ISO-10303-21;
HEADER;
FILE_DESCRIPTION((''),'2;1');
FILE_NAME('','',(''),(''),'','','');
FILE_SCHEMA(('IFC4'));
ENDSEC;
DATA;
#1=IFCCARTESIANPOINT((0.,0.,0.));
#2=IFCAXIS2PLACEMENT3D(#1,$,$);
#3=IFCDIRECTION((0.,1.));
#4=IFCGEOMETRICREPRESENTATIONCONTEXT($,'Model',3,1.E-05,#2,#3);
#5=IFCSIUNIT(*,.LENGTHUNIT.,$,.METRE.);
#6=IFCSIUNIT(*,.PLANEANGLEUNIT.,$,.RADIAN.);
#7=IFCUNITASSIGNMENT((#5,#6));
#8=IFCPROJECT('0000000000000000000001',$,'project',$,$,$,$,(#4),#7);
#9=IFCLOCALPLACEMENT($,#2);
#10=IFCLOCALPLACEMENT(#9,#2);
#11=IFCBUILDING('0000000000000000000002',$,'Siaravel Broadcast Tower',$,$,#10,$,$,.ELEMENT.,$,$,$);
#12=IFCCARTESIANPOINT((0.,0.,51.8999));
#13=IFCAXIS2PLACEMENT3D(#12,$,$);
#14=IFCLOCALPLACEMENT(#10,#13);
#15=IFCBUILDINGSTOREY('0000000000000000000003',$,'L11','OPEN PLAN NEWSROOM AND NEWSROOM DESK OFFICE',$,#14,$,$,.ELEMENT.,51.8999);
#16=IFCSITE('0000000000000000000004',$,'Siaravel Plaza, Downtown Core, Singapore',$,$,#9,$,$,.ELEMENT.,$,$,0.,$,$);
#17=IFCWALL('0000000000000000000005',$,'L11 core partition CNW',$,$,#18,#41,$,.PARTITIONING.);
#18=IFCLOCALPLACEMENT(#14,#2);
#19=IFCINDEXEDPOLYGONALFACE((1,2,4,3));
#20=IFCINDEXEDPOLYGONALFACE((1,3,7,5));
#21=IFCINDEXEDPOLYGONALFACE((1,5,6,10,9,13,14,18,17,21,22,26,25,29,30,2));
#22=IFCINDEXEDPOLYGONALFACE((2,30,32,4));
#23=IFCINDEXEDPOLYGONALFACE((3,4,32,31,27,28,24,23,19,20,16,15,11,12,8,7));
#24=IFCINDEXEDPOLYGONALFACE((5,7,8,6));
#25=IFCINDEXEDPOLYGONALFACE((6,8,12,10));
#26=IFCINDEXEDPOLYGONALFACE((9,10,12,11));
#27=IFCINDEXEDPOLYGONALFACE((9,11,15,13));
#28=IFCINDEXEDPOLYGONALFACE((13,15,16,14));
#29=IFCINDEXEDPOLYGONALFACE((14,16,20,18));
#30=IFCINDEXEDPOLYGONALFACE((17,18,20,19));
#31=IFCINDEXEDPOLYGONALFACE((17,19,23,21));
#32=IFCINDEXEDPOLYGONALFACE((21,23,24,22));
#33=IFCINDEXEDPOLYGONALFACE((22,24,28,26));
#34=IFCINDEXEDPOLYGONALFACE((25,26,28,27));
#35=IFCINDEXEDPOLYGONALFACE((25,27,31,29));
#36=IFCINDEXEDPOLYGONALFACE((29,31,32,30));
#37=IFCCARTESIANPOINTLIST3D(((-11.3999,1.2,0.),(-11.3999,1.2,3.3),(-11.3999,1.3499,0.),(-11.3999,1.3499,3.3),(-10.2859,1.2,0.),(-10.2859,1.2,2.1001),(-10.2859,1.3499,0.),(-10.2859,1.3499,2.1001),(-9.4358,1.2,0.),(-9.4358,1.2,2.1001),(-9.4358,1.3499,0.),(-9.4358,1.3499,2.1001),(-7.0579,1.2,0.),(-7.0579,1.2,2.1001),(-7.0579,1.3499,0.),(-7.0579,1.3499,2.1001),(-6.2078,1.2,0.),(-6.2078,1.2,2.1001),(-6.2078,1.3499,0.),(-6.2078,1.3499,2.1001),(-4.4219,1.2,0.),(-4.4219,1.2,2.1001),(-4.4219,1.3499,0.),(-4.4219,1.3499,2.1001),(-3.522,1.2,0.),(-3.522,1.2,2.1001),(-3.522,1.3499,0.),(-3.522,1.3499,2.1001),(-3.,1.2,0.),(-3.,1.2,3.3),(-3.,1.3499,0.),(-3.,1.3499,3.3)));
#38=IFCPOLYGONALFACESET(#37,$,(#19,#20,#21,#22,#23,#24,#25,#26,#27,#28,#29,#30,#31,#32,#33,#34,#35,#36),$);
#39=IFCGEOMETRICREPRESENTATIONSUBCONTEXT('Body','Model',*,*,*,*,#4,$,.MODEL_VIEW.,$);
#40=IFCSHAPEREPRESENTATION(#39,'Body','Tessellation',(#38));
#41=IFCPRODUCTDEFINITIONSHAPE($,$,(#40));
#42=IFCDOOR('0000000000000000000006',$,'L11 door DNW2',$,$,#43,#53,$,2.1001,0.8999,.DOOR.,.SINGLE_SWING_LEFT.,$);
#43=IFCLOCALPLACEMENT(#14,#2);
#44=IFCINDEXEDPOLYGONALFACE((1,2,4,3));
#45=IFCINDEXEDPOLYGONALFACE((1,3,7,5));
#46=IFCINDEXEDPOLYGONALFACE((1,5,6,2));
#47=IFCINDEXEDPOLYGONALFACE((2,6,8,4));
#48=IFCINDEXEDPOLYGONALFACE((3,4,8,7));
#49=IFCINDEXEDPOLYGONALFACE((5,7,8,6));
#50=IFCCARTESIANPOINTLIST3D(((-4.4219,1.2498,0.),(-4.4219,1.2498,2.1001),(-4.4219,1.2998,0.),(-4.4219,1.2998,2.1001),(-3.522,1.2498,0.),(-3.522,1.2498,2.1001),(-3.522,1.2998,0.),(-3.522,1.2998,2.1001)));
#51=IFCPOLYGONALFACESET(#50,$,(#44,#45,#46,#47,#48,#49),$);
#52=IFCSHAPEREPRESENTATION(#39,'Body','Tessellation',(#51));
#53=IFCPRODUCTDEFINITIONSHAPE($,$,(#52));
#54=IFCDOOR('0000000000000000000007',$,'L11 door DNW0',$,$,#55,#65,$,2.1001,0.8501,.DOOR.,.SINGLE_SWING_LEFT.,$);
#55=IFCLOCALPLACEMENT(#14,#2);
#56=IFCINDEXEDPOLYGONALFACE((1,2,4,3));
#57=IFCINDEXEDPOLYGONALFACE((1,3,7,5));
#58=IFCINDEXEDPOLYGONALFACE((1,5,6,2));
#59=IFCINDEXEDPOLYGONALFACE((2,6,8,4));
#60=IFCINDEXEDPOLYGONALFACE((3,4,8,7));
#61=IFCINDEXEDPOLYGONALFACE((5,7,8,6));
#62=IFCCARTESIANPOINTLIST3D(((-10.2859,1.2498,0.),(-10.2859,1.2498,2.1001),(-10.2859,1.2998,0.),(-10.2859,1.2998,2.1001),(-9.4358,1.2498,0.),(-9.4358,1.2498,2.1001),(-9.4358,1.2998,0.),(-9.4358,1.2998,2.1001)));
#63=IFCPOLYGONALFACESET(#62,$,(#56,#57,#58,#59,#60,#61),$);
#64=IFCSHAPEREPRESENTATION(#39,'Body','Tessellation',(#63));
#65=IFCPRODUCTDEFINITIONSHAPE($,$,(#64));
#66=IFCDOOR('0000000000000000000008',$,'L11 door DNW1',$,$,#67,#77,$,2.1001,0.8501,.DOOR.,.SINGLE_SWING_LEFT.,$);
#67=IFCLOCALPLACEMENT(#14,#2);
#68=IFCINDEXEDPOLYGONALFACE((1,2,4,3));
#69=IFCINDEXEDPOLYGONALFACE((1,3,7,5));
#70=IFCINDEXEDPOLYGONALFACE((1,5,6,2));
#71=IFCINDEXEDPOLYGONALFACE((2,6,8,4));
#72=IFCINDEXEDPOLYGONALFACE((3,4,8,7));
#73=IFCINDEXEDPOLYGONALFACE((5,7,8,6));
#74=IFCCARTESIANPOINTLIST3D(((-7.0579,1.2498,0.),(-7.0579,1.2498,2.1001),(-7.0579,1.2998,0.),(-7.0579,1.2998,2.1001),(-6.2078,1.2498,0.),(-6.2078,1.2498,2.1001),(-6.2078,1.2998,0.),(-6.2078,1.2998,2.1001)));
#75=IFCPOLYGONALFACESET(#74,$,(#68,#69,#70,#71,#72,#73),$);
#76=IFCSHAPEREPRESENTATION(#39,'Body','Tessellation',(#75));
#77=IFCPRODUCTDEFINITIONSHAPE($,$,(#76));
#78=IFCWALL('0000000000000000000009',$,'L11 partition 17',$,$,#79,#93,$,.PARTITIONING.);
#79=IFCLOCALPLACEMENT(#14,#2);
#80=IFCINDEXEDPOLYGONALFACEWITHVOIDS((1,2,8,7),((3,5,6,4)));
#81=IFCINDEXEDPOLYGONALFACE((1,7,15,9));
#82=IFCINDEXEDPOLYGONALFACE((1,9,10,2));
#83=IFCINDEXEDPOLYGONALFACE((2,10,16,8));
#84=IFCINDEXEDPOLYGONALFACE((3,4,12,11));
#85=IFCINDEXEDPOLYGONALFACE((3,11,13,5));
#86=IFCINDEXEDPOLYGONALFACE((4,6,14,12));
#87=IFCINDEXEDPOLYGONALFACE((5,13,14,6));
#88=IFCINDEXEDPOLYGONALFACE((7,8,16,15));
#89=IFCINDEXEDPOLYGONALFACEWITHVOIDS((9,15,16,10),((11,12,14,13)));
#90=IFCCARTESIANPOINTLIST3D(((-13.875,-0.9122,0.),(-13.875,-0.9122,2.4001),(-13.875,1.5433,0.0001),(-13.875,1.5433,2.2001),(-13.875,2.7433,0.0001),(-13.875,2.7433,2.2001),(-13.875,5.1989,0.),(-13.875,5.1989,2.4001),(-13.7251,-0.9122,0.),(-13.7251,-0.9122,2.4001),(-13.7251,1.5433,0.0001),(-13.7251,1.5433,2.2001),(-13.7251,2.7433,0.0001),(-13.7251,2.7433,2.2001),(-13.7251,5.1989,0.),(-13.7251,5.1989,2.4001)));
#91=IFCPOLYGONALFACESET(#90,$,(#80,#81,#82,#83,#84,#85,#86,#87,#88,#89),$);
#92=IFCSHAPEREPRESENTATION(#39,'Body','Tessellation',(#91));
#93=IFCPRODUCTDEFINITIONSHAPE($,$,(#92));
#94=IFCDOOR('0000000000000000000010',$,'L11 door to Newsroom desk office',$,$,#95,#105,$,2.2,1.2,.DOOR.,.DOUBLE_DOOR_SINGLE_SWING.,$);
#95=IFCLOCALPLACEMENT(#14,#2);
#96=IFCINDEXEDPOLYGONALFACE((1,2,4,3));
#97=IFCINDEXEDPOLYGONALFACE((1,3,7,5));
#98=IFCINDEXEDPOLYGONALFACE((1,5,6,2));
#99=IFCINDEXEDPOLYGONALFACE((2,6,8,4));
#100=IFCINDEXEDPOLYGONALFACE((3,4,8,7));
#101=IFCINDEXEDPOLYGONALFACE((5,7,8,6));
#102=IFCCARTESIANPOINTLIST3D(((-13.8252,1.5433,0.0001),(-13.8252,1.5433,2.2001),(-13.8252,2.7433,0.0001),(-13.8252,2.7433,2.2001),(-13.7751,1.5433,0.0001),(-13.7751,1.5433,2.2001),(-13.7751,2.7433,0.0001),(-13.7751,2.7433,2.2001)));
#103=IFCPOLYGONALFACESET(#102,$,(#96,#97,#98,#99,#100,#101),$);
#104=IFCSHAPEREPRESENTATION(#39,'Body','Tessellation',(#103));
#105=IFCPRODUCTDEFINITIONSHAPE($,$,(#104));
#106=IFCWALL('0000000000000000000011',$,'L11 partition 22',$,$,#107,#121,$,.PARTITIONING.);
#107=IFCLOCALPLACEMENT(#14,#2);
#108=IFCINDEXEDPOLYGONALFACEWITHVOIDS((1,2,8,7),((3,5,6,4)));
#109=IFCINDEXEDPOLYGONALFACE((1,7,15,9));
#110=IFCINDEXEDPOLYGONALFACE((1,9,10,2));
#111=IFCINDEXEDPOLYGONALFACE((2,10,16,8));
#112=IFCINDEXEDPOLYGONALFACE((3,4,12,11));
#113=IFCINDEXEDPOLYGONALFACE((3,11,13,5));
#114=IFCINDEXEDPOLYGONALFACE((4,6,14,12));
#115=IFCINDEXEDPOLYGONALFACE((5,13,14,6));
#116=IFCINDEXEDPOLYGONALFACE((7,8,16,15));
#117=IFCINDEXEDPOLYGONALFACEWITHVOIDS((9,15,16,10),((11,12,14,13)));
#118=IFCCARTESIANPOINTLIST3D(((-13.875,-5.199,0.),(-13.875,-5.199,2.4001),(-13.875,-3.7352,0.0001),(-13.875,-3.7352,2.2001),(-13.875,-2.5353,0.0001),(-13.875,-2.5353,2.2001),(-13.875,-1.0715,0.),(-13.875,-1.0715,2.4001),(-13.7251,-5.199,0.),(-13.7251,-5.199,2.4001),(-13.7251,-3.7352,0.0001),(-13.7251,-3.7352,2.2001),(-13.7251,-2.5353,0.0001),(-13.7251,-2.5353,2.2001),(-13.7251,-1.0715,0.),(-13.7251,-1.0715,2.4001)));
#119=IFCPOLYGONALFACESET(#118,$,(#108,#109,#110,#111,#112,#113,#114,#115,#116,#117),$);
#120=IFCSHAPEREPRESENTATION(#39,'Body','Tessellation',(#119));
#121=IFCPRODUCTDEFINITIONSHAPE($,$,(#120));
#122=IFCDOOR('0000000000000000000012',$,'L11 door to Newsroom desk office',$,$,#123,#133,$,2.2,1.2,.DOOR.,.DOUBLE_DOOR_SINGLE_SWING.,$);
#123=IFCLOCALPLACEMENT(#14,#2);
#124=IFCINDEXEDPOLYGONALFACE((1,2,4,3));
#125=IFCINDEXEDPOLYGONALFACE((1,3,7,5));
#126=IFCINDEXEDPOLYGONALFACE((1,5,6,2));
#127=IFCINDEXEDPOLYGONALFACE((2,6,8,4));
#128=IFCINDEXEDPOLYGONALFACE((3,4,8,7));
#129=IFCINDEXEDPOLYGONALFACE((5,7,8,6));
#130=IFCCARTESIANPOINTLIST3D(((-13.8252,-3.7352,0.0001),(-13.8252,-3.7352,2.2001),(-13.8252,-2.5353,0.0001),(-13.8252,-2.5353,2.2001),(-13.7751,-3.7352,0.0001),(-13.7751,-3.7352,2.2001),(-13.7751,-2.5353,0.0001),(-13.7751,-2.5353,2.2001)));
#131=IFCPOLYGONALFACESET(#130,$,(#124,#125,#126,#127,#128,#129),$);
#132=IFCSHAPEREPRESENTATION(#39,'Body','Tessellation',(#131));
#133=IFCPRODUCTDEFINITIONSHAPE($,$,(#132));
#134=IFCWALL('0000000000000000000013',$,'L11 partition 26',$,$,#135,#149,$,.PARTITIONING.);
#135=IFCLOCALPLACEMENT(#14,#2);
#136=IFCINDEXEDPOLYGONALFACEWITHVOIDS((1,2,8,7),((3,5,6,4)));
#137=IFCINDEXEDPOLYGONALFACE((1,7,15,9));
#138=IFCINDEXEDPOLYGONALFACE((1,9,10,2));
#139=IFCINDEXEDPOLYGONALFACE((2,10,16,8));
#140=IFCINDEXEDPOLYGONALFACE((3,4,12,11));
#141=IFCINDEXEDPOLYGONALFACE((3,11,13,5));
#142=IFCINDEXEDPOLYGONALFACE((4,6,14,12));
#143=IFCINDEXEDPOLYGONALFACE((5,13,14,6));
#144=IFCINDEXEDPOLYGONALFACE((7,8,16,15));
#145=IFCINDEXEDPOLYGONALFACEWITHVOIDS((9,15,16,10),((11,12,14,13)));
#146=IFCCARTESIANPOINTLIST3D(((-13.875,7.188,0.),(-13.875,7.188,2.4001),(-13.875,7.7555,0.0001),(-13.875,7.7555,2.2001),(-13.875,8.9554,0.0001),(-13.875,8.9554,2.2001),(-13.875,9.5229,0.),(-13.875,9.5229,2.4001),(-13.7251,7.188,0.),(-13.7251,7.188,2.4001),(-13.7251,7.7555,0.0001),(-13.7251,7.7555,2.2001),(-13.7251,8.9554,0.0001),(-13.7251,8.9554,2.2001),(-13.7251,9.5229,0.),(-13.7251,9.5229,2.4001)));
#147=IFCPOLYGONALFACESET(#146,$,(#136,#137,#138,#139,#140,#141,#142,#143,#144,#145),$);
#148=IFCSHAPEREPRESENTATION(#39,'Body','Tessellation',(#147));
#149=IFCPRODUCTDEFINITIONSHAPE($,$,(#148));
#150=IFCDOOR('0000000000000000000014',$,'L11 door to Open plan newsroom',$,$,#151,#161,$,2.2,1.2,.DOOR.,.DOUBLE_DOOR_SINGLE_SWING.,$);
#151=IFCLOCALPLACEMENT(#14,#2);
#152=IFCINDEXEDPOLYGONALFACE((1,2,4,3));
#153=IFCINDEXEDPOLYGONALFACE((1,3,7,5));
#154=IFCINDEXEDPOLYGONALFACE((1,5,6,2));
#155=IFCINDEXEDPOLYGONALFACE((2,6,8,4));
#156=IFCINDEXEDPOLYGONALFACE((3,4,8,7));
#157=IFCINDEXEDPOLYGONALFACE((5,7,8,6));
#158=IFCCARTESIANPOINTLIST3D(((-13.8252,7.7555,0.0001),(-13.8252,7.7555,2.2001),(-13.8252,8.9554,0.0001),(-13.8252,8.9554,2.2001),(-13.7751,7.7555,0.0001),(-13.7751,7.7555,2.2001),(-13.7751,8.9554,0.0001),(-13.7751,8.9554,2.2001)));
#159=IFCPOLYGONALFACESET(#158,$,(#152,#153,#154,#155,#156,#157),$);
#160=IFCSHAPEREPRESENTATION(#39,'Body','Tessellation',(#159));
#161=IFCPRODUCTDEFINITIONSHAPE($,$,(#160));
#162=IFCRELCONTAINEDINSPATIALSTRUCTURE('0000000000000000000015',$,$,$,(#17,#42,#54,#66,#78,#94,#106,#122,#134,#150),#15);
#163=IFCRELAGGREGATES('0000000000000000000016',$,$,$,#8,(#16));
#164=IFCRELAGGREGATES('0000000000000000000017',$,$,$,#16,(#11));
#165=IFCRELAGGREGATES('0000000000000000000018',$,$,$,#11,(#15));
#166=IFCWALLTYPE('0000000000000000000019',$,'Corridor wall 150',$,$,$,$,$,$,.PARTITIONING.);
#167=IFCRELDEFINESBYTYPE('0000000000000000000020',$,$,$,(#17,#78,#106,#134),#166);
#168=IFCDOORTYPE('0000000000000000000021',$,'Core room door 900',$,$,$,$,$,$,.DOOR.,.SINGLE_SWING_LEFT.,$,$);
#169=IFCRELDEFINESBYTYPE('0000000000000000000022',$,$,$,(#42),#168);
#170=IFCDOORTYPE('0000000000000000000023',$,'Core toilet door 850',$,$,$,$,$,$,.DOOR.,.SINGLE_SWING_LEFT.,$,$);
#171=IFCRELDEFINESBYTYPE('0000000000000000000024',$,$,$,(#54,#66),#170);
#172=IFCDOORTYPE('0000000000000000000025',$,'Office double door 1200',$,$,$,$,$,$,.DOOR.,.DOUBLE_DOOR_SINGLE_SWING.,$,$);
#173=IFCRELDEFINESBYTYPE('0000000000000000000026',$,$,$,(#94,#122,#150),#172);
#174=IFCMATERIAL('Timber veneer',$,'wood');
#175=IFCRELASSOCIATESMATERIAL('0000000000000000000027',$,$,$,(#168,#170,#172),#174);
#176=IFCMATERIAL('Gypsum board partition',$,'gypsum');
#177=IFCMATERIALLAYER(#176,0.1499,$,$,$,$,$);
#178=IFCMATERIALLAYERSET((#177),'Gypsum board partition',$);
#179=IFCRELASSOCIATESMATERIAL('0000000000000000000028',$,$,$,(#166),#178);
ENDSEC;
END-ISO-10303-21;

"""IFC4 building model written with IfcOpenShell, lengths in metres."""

from ifc_helpers import new_model, si_unit, direction, frame, frame_2d, origin, place, context, subcontext, project, spatial, rectangle, extrude, material, layer, layer_set, type_object, element, fill, save


model = new_model("IFC4")

# Units and contexts
model_context = context("Model", 3, precision=1e-05, world=origin(), true_north=direction((0.0, 1.0)))
body_context = subcontext(model_context, "Body", "Model", "MODEL_VIEW")
ifc_project = project(units=[si_unit("LENGTHUNIT", "METRE"), si_unit("PLANEANGLEUNIT", "RADIAN")], contexts=[model_context])

# Site, building, storey
site_placement = place(None, origin())
site = spatial("IfcSite", under=ifc_project, at=site_placement, Name="Siaravel Plaza, Downtown Core, Singapore", CompositionType="ELEMENT", RefElevation=0.0)
building_placement = place(site_placement, origin())
building = spatial("IfcBuilding", under=site, at=building_placement, Name="Siaravel Broadcast Tower", CompositionType="ELEMENT")
storey_placement = place(building_placement, frame((0.0, 0.0, 51.8999)))
storey = spatial("IfcBuildingStorey", under=building, at=storey_placement, Name="L11", Description="OPEN PLAN NEWSROOM AND NEWSROOM DESK OFFICE", CompositionType="ELEMENT", Elevation=51.8999)

# Wall, openings, doors
ifc_material_1 = material(Name="Timber veneer", Category="wood")
door_type_1 = type_object("IfcDoorType", Name="Core room door 900", OperationType="SINGLE_SWING_LEFT", PredefinedType="DOOR", material=ifc_material_1)
ifc_material_2 = material(Name="Gypsum board partition", Category="gypsum")
ifc_layer_1 = layer(ifc_material_2, 0.1499)
ifc_layer_set_1 = layer_set([ifc_layer_1], Name="Gypsum board partition")
wall_type_1 = type_object("IfcWallType", Name="Corridor wall 150", PredefinedType="PARTITIONING", material=ifc_layer_set_1)
wall_1_placement = place(storey_placement, frame((-11.3999, 1.2749, 0.0), z_axis=(0.0, 0.0, 1.0), x_axis=(1.0, 0.0, 0.0)))
wall_1 = element("IfcWall", 1, at=wall_1_placement, inside=storey, type_object=wall_type_1, Name="L11 core partition CNW", PredefinedType="PARTITIONING", context=body_context, shape_type="SweptSolid", body=[
    extrude(rectangle(XDim=8.3999, YDim=0.1499, at=frame_2d((4.2, 0.0))), origin(), (0.0, 0.0, 1.0), 3.3),
])
opening_1_placement = place(wall_1_placement, frame((1.114, 0.0, 0.0)))
opening_1 = element("IfcOpeningElement", 2, at=opening_1_placement, cuts=wall_1, PredefinedType="OPENING", context=body_context, shape_type="SweptSolid", body=[
    extrude(rectangle(XDim=0.8501, YDim=2.1001, at=frame_2d((0.425, 1.05))), frame((0.0, 0.085, 0.0), z_axis=(0.0, -1.0, 0.0), x_axis=(1.0, 0.0, 0.0)), (0.0, 0.0, 1.0), 0.1699),
])
opening_2_placement = place(wall_1_placement, frame((4.342, 0.0, 0.0)))
opening_2 = element("IfcOpeningElement", 3, at=opening_2_placement, cuts=wall_1, PredefinedType="OPENING", context=body_context, shape_type="SweptSolid", body=[
    extrude(rectangle(XDim=0.8501, YDim=2.1001, at=frame_2d((0.425, 1.05))), frame((0.0, 0.085, 0.0), z_axis=(0.0, -1.0, 0.0), x_axis=(1.0, 0.0, 0.0)), (0.0, 0.0, 1.0), 0.1699),
])
opening_3_placement = place(wall_1_placement, frame((6.978, 0.0, 0.0)))
opening_3 = element("IfcOpeningElement", 4, at=opening_3_placement, cuts=wall_1, PredefinedType="OPENING", context=body_context, shape_type="SweptSolid", body=[
    extrude(rectangle(XDim=0.8999, YDim=2.1001, at=frame_2d((0.45, 1.05))), frame((0.0, 0.085, 0.0), z_axis=(0.0, -1.0, 0.0), x_axis=(1.0, 0.0, 0.0)), (0.0, 0.0, 1.0), 0.1699),
])
door_1_placement = place(opening_3_placement, origin())
door_1 = element("IfcDoor", 5, at=door_1_placement, inside=storey, type_object=door_type_1, Name="L11 door DNW2", OperationType="SINGLE_SWING_LEFT", OverallHeight=2.1001, OverallWidth=0.8999, PredefinedType="DOOR", context=body_context, shape_type="SweptSolid", body=[
    extrude(rectangle(XDim=0.8999, YDim=2.1001, at=frame_2d((0.45, 1.05))), frame((0.0, 0.0249, 0.0), z_axis=(0.0, -1.0, 0.0), x_axis=(1.0, 0.0, 0.0)), (0.0, 0.0, 1.0), 0.05),
])
fill(opening_3, door_1)
door_type_2 = type_object("IfcDoorType", Name="Core toilet door 850", OperationType="SINGLE_SWING_LEFT", PredefinedType="DOOR", material=ifc_material_1)
door_2_placement = place(opening_1_placement, origin())
door_2 = element("IfcDoor", 6, at=door_2_placement, inside=storey, type_object=door_type_2, Name="L11 door DNW0", OperationType="SINGLE_SWING_LEFT", OverallHeight=2.1001, OverallWidth=0.8501, PredefinedType="DOOR", context=body_context, shape_type="SweptSolid", body=[
    extrude(rectangle(XDim=0.8501, YDim=2.1001, at=frame_2d((0.425, 1.05))), frame((0.0, 0.0249, 0.0), z_axis=(0.0, -1.0, 0.0), x_axis=(1.0, 0.0, 0.0)), (0.0, 0.0, 1.0), 0.05),
])
fill(opening_1, door_2)
door_3_placement = place(opening_2_placement, origin())
door_3 = element("IfcDoor", 7, at=door_3_placement, inside=storey, type_object=door_type_2, Name="L11 door DNW1", OperationType="SINGLE_SWING_LEFT", OverallHeight=2.1001, OverallWidth=0.8501, PredefinedType="DOOR", context=body_context, shape_type="SweptSolid", body=[
    extrude(rectangle(XDim=0.8501, YDim=2.1001, at=frame_2d((0.425, 1.05))), frame((0.0, 0.0249, 0.0), z_axis=(0.0, -1.0, 0.0), x_axis=(1.0, 0.0, 0.0)), (0.0, 0.0, 1.0), 0.05),
])
fill(opening_2, door_3)

# Walls, openings, doors
wall_2_placement = place(storey_placement, frame((-13.8, 5.199, 0.0), z_axis=(0.0, 0.0, 1.0), x_axis=(0.0, -1.0, 0.0)))
wall_2 = element("IfcWall", 8, at=wall_2_placement, inside=storey, type_object=wall_type_1, Name="L11 partition 17", PredefinedType="PARTITIONING", context=body_context, shape_type="SweptSolid", body=[
    extrude(rectangle(XDim=6.1111, YDim=0.1499, at=frame_2d((3.0557, 0.0))), origin(), (0.0, 0.0, 1.0), 2.4001),
])
opening_4_placement = place(wall_2_placement, frame((2.4556, 0.0, 0.0)))
opening_4 = element("IfcOpeningElement", 9, at=opening_4_placement, cuts=wall_2, PredefinedType="OPENING", context=body_context, shape_type="SweptSolid", body=[
    extrude(rectangle(XDim=1.2, YDim=2.2, at=frame_2d((0.6001, 1.1001))), frame((0.0, 0.085, 0.0), z_axis=(0.0, -1.0, 0.0), x_axis=(1.0, 0.0, 0.0)), (0.0, 0.0, 1.0), 0.1699),
])
door_type_3 = type_object("IfcDoorType", Name="Office double door 1200", OperationType="DOUBLE_DOOR_SINGLE_SWING", PredefinedType="DOOR", material=ifc_material_1)
door_4_placement = place(opening_4_placement, origin())
door_4 = element("IfcDoor", 10, at=door_4_placement, inside=storey, type_object=door_type_3, Name="L11 door to Newsroom desk office", OperationType="DOUBLE_DOOR_SINGLE_SWING", OverallHeight=2.2, OverallWidth=1.2, PredefinedType="DOOR", context=body_context, shape_type="SweptSolid", body=[
    extrude(rectangle(XDim=1.2, YDim=2.2, at=frame_2d((0.6001, 1.1001))), frame((0.0, 0.0249, 0.0), z_axis=(0.0, -1.0, 0.0), x_axis=(1.0, 0.0, 0.0)), (0.0, 0.0, 1.0), 0.05),
])
fill(opening_4, door_4)
wall_3_placement = place(storey_placement, frame((-13.8, -1.0715, 0.0), z_axis=(0.0, 0.0, 1.0), x_axis=(0.0, -1.0, 0.0)))
wall_3 = element("IfcWall", 11, at=wall_3_placement, inside=storey, type_object=wall_type_1, Name="L11 partition 22", PredefinedType="PARTITIONING", context=body_context, shape_type="SweptSolid", body=[
    extrude(rectangle(XDim=4.1274, YDim=0.1499, at=frame_2d((2.0637, 0.0))), origin(), (0.0, 0.0, 1.0), 2.4001),
])
opening_5_placement = place(wall_3_placement, frame((1.4636, 0.0, 0.0)))
opening_5 = element("IfcOpeningElement", 12, at=opening_5_placement, cuts=wall_3, PredefinedType="OPENING", context=body_context, shape_type="SweptSolid", body=[
    extrude(rectangle(XDim=1.2, YDim=2.2, at=frame_2d((0.6001, 1.1001))), frame((0.0, 0.085, 0.0), z_axis=(0.0, -1.0, 0.0), x_axis=(1.0, 0.0, 0.0)), (0.0, 0.0, 1.0), 0.1699),
])
door_5_placement = place(opening_5_placement, origin())
door_5 = element("IfcDoor", 13, at=door_5_placement, inside=storey, type_object=door_type_3, Name="L11 door to Newsroom desk office", OperationType="DOUBLE_DOOR_SINGLE_SWING", OverallHeight=2.2, OverallWidth=1.2, PredefinedType="DOOR", context=body_context, shape_type="SweptSolid", body=[
    extrude(rectangle(XDim=1.2, YDim=2.2, at=frame_2d((0.6001, 1.1001))), frame((0.0, 0.0249, 0.0), z_axis=(0.0, -1.0, 0.0), x_axis=(1.0, 0.0, 0.0)), (0.0, 0.0, 1.0), 0.05),
])
fill(opening_5, door_5)
wall_4_placement = place(storey_placement, frame((-13.8, 9.5229, 0.0), z_axis=(0.0, 0.0, 1.0), x_axis=(0.0, -1.0, 0.0)))
wall_4 = element("IfcWall", 14, at=wall_4_placement, inside=storey, type_object=wall_type_1, Name="L11 partition 26", PredefinedType="PARTITIONING", context=body_context, shape_type="SweptSolid", body=[
    extrude(rectangle(XDim=2.335, YDim=0.1499, at=frame_2d((1.1675, 0.0))), origin(), (0.0, 0.0, 1.0), 2.4001),
])
opening_6_placement = place(wall_4_placement, frame((0.5674, 0.0, 0.0)))
opening_6 = element("IfcOpeningElement", 15, at=opening_6_placement, cuts=wall_4, PredefinedType="OPENING", context=body_context, shape_type="SweptSolid", body=[
    extrude(rectangle(XDim=1.2, YDim=2.2, at=frame_2d((0.6001, 1.1001))), frame((0.0, 0.085, 0.0), z_axis=(0.0, -1.0, 0.0), x_axis=(1.0, 0.0, 0.0)), (0.0, 0.0, 1.0), 0.1699),
])
door_6_placement = place(opening_6_placement, origin())
door_6 = element("IfcDoor", 16, at=door_6_placement, inside=storey, type_object=door_type_3, Name="L11 door to Open plan newsroom", OperationType="DOUBLE_DOOR_SINGLE_SWING", OverallHeight=2.2, OverallWidth=1.2, PredefinedType="DOOR", context=body_context, shape_type="SweptSolid", body=[
    extrude(rectangle(XDim=1.2, YDim=2.2, at=frame_2d((0.6001, 1.1001))), frame((0.0, 0.0249, 0.0), z_axis=(0.0, -1.0, 0.0), x_axis=(1.0, 0.0, 0.0)), (0.0, 0.0, 1.0), 0.05),
])
fill(opening_6, door_6)

save(model, "model.ifc")
